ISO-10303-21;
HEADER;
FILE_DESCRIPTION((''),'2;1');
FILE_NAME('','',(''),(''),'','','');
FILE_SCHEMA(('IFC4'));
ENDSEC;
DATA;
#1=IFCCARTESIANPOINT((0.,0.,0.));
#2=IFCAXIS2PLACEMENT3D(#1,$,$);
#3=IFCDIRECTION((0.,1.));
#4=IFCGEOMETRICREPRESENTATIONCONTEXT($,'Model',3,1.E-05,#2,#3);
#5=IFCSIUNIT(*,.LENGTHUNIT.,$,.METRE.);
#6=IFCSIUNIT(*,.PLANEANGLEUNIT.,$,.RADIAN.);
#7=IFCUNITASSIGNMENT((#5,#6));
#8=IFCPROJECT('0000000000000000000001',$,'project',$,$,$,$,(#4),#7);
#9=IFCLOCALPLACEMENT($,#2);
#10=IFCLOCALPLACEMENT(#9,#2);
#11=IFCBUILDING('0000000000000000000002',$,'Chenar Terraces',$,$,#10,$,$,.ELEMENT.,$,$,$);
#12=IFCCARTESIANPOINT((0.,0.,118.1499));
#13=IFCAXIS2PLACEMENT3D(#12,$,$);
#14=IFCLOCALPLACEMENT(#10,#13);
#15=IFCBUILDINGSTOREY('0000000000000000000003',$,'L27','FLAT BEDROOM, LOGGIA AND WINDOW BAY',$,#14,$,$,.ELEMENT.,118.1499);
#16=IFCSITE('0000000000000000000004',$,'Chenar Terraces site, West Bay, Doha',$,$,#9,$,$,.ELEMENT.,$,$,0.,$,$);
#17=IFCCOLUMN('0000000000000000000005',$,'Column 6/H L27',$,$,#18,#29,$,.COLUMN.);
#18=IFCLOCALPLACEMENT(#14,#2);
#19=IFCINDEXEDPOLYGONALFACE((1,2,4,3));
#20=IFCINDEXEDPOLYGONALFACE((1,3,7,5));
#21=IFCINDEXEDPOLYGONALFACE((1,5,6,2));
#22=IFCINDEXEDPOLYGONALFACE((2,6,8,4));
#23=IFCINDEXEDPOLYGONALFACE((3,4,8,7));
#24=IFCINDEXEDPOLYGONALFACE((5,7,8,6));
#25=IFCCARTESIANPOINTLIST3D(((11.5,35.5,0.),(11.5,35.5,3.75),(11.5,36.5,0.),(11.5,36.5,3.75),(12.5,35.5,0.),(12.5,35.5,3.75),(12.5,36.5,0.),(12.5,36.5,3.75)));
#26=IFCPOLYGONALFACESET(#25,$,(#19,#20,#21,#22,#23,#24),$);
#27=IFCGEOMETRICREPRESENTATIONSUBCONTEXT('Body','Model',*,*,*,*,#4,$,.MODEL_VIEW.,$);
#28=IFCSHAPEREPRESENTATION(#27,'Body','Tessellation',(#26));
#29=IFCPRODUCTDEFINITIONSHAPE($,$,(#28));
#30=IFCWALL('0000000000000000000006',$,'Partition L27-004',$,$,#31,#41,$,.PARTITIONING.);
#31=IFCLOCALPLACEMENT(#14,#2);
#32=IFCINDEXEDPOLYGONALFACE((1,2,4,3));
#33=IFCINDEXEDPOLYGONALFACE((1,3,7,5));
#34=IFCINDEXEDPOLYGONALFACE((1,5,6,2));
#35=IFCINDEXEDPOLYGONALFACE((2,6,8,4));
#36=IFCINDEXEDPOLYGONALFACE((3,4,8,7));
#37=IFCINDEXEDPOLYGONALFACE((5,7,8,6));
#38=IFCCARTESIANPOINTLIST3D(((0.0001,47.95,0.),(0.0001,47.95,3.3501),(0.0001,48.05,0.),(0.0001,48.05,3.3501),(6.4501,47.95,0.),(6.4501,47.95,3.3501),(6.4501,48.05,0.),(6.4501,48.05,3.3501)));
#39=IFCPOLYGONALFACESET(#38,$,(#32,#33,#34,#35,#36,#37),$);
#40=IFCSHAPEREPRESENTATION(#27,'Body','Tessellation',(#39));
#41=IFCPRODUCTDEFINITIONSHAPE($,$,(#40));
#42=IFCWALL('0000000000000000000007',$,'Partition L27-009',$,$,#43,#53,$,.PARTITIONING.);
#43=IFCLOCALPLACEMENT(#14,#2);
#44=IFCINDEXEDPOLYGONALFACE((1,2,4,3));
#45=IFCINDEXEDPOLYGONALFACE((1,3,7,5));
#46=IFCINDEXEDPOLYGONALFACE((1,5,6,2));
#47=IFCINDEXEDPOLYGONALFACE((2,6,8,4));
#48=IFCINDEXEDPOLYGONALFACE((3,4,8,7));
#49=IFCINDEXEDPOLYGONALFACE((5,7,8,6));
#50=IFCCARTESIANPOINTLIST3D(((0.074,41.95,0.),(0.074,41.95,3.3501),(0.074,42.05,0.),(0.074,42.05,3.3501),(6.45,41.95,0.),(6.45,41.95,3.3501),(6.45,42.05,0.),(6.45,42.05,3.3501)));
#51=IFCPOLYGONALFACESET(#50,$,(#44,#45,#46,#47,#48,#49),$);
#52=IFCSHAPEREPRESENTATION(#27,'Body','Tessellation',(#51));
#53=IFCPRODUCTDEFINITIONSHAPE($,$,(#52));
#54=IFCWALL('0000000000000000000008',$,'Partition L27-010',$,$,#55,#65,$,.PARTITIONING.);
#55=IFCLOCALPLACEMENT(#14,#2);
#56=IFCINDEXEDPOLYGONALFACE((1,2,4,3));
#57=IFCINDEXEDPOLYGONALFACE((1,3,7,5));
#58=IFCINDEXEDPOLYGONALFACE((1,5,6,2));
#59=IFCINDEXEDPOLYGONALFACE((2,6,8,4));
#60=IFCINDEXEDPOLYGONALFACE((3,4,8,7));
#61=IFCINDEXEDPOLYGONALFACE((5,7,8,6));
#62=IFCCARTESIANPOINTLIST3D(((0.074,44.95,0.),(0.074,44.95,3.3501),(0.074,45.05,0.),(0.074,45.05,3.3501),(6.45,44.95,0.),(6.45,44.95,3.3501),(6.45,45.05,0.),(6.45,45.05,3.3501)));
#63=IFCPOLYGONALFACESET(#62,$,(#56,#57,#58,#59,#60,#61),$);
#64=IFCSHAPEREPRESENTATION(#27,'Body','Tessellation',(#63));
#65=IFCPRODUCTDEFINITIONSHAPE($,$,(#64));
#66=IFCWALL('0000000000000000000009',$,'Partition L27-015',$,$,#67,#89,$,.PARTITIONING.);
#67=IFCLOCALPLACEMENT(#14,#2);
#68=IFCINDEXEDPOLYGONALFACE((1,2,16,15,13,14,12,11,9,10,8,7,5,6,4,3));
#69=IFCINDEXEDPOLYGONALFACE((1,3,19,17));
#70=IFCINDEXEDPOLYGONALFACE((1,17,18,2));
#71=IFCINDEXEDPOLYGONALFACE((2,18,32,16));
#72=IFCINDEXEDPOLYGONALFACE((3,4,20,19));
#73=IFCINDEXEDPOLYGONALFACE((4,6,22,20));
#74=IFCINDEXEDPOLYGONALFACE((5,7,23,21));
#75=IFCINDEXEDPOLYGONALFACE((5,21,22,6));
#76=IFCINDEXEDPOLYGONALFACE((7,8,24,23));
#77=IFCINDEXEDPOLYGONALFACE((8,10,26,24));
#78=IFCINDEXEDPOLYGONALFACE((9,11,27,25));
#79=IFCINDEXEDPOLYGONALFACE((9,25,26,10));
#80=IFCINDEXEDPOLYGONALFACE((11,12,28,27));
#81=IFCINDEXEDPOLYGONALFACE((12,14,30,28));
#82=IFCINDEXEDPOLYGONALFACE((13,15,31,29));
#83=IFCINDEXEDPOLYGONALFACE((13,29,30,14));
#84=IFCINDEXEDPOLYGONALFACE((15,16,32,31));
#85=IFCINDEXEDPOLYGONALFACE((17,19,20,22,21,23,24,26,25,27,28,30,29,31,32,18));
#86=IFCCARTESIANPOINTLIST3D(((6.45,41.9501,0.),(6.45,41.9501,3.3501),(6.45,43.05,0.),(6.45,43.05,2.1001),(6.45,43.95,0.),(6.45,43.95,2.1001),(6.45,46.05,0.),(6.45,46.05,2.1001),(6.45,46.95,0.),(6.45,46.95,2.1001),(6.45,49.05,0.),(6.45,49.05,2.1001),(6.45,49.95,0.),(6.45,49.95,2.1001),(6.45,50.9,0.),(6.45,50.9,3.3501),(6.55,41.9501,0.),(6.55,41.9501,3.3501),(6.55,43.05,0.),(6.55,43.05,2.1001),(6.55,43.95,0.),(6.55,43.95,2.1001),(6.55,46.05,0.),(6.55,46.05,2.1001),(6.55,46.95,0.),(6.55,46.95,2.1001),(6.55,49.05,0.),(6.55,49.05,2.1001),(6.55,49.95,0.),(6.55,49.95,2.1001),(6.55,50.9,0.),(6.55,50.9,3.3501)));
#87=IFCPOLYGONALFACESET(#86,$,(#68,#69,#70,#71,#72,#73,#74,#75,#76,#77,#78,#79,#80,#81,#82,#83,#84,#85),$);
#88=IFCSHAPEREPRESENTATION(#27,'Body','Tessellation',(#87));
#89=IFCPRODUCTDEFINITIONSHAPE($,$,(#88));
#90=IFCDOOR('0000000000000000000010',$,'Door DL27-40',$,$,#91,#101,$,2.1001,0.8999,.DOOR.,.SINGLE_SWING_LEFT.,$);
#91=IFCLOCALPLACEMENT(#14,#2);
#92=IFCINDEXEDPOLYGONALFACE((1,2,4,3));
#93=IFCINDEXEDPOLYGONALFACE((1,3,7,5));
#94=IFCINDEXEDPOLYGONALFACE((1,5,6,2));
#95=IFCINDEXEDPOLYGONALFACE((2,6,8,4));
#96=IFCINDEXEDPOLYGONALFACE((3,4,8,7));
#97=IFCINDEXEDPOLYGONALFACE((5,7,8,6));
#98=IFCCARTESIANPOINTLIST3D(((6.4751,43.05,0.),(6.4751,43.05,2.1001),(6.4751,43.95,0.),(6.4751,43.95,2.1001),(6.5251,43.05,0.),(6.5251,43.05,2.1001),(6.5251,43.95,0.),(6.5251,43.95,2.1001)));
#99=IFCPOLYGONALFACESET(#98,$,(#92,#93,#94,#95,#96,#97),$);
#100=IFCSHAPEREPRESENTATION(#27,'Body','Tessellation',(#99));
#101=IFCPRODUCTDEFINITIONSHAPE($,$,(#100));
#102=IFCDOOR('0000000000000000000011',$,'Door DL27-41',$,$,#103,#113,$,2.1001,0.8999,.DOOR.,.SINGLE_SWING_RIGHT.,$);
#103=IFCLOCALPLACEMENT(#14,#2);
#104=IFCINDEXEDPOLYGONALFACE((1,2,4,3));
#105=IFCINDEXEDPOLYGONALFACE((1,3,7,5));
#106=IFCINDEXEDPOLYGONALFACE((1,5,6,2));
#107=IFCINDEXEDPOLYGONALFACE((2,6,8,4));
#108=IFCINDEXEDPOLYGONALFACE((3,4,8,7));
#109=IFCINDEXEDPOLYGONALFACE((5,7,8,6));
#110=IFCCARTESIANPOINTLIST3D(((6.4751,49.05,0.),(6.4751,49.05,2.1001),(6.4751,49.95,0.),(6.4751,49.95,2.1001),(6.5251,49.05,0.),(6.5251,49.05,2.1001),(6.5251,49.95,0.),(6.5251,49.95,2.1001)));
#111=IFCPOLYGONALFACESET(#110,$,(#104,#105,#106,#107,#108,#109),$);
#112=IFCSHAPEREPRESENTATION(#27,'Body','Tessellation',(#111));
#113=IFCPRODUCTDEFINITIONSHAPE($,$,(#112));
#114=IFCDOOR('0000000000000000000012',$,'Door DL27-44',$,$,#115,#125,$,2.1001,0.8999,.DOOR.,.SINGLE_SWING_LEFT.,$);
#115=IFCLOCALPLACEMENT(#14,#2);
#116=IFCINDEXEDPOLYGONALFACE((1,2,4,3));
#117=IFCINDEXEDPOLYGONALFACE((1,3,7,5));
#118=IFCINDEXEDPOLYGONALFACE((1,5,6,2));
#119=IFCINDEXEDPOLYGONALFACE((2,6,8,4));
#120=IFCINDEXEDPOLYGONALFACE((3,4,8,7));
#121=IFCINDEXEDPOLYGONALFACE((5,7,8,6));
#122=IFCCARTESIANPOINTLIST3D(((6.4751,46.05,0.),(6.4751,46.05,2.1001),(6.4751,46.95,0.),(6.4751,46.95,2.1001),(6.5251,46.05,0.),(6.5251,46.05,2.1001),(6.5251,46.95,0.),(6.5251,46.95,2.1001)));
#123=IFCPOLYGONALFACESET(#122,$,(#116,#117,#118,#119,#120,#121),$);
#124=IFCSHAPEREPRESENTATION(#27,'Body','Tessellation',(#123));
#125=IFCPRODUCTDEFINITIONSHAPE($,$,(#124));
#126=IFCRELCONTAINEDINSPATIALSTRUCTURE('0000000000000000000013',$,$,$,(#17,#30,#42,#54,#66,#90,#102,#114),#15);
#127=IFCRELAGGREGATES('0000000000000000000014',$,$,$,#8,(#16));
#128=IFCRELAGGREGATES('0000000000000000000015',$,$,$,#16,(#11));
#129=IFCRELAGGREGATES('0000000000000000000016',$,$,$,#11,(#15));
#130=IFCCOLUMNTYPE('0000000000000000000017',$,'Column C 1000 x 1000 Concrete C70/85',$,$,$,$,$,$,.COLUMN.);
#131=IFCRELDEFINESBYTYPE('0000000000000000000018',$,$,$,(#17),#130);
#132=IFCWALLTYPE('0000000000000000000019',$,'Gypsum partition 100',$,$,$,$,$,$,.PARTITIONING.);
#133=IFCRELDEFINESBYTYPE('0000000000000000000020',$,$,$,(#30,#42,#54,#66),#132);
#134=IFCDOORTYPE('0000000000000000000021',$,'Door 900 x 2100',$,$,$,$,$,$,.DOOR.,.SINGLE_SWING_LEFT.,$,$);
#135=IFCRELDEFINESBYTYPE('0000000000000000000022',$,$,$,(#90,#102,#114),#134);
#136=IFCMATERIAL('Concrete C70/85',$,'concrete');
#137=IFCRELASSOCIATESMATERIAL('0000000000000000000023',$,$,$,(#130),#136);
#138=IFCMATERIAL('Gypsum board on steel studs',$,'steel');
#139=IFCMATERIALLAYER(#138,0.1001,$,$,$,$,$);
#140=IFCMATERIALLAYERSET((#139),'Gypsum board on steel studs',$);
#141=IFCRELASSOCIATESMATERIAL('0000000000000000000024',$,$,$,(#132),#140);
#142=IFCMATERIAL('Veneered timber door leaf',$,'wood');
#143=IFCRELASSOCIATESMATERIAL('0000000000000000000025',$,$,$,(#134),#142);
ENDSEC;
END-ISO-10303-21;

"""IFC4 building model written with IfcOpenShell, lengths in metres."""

from ifc_helpers import new_model, si_unit, direction, frame, frame_2d, origin, origin_2d, place, context, subcontext, project, spatial, rectangle, extrude, material, layer, layer_set, material_profile, profile_set, type_object, element, fill, save


model = new_model("IFC4")

# Units and contexts
model_context = context("Model", 3, precision=1e-05, world=origin(), true_north=direction((0.0, 1.0)))
body_context = subcontext(model_context, "Body", "Model", "MODEL_VIEW")
ifc_project = project(units=[si_unit("LENGTHUNIT", "METRE"), si_unit("PLANEANGLEUNIT", "RADIAN")], contexts=[model_context])

# Site, building, storey
site_placement = place(None, origin())
site = spatial("IfcSite", under=ifc_project, at=site_placement, Name="Chenar Terraces site, West Bay, Doha", CompositionType="ELEMENT", RefElevation=0.0)
building_placement = place(site_placement, origin())
building = spatial("IfcBuilding", under=site, at=building_placement, Name="Chenar Terraces", CompositionType="ELEMENT")
storey_placement = place(building_placement, frame((0.0, 0.0, 118.1499)))
storey = spatial("IfcBuildingStorey", under=building, at=storey_placement, Name="L27", Description="FLAT BEDROOM, LOGGIA AND WINDOW BAY", CompositionType="ELEMENT", Elevation=118.1499)

# Column
ifc_material_1 = material(Name="Concrete C70/85", Category="concrete")
ifc_material_profile = material_profile(ifc_material_1, rectangle(XDim=1.0, YDim=1.0, at=origin_2d()), Name="C 1000 x 1000")
ifc_profile_set = profile_set([ifc_material_profile], Name="Concrete C70/85")
column_type = type_object("IfcColumnType", Name="Column C 1000 x 1000 Concrete C70/85", PredefinedType="COLUMN", material=ifc_profile_set)
column_placement = place(storey_placement, frame((12.0, 36.0, 0.0), z_axis=(0.0, 0.0, 1.0), x_axis=(1.0, 0.0, 0.0)))
element("IfcColumn", 1, at=column_placement, inside=storey, type_object=column_type, Name="Column 6/H L27", PredefinedType="COLUMN", context=body_context, shape_type="SweptSolid", body=[
    extrude(rectangle(XDim=1.0, YDim=1.0, at=origin_2d()), origin(), (0.0, 0.0, 1.0), 3.75),
])

# Walls
ifc_material_2 = material(Name="Gypsum board on steel studs", Category="steel")
ifc_layer_1 = layer(ifc_material_2, 0.1001)
ifc_layer_set_1 = layer_set([ifc_layer_1], Name="Gypsum board on steel studs")
wall_type_1 = type_object("IfcWallType", Name="Gypsum partition 100", PredefinedType="PARTITIONING", material=ifc_layer_set_1)
wall_1_placement = place(storey_placement, frame((0.0, 48.0, 0.0), z_axis=(0.0, 0.0, 1.0), x_axis=(1.0, 0.0, 0.0)))
element("IfcWall", 2, at=wall_1_placement, inside=storey, type_object=wall_type_1, Name="Partition L27-004", PredefinedType="PARTITIONING", context=body_context, shape_type="SweptSolid", body=[
    extrude(rectangle(XDim=6.45, YDim=0.1001, at=frame_2d((3.2251, 0.0))), origin(), (0.0, 0.0, 1.0), 3.3501),
])
for number, where, z_axis, x_axis, name in (
    (3, (0.074, 42.0, 0.0), (0.0, 0.0, 1.0), (1.0, 0.0, 0.0), "Partition L27-009"),
    (4, (0.074, 45.0, 0.0), (0.0, 0.0, 1.0), (1.0, 0.0, 0.0), "Partition L27-010"),
):
    element("IfcWall", number, at=place(storey_placement, frame(where, z_axis=z_axis, x_axis=x_axis)), inside=storey, type_object=wall_type_1, Name=name, PredefinedType="PARTITIONING", context=body_context, shape_type="SweptSolid", body=[
        extrude(rectangle(XDim=6.376, YDim=0.1001, at=frame_2d((3.188, 0.0))), origin(), (0.0, 0.0, 1.0), 3.3501),
    ])

# Wall, openings, doors
wall_2_placement = place(storey_placement, frame((6.5, 41.95, 0.0), z_axis=(0.0, 0.0, 1.0), x_axis=(0.0, 1.0, 0.0)))
wall_2 = element("IfcWall", 5, at=wall_2_placement, inside=storey, type_object=wall_type_1, Name="Partition L27-015", PredefinedType="PARTITIONING", context=body_context, shape_type="SweptSolid", body=[
    extrude(rectangle(XDim=8.95, YDim=0.1001, at=frame_2d((4.4751, 0.0))), origin(), (0.0, 0.0, 1.0), 3.3501),
])
opening_1_placement = place(wall_2_placement, frame((1.1001, 0.0, 0.0)))
opening_1 = element("IfcOpeningElement", 6, at=opening_1_placement, cuts=wall_2, PredefinedType="OPENING", context=body_context, shape_type="SweptSolid", body=[
    extrude(rectangle(XDim=0.8999, YDim=2.1001, at=frame_2d((0.45, 1.05))), frame((0.0, 0.0601, 0.0), z_axis=(0.0, -1.0, 0.0), x_axis=(1.0, 0.0, 0.0)), (0.0, 0.0, 1.0), 0.1201),
])
opening_2_placement = place(wall_2_placement, frame((7.1001, 0.0, 0.0)))
opening_2 = element("IfcOpeningElement", 7, at=opening_2_placement, cuts=wall_2, PredefinedType="OPENING", context=body_context, shape_type="SweptSolid", body=[
    extrude(rectangle(XDim=0.8999, YDim=2.1001, at=frame_2d((0.45, 1.05))), frame((0.0, 0.0601, 0.0), z_axis=(0.0, -1.0, 0.0), x_axis=(1.0, 0.0, 0.0)), (0.0, 0.0, 1.0), 0.1201),
])
opening_3_placement = place(wall_2_placement, frame((4.1001, 0.0, 0.0)))
opening_3 = element("IfcOpeningElement", 8, at=opening_3_placement, cuts=wall_2, PredefinedType="OPENING", context=body_context, shape_type="SweptSolid", body=[
    extrude(rectangle(XDim=0.8999, YDim=2.1001, at=frame_2d((0.45, 1.05))), frame((0.0, 0.0601, 0.0), z_axis=(0.0, -1.0, 0.0), x_axis=(1.0, 0.0, 0.0)), (0.0, 0.0, 1.0), 0.1201),
])
ifc_material_3 = material(Name="Veneered timber door leaf", Category="wood")
door_type_1 = type_object("IfcDoorType", Name="Door 900 x 2100", OperationType="SINGLE_SWING_LEFT", PredefinedType="DOOR", material=ifc_material_3)
door_1_placement = place(opening_1_placement, origin())
door_1 = element("IfcDoor", 9, at=door_1_placement, inside=storey, type_object=door_type_1, Name="Door DL27-40", OperationType="SINGLE_SWING_LEFT", OverallHeight=2.1001, OverallWidth=0.8999, PredefinedType="DOOR", context=body_context, shape_type="SweptSolid", body=[
    extrude(rectangle(XDim=0.8999, YDim=2.1001, at=frame_2d((0.45, 1.05))), frame((0.0, 0.0249, 0.0), z_axis=(0.0, -1.0, 0.0), x_axis=(1.0, 0.0, 0.0)), (0.0, 0.0, 1.0), 0.05),
])
fill(opening_1, door_1)
door_2_placement = place(opening_2_placement, origin())
door_2 = element("IfcDoor", 10, at=door_2_placement, inside=storey, type_object=door_type_1, Name="Door DL27-41", OperationType="SINGLE_SWING_RIGHT", OverallHeight=2.1001, OverallWidth=0.8999, PredefinedType="DOOR", context=body_context, shape_type="SweptSolid", body=[
    extrude(rectangle(XDim=0.8999, YDim=2.1001, at=frame_2d((0.45, 1.05))), frame((0.0, 0.0249, 0.0), z_axis=(0.0, -1.0, 0.0), x_axis=(1.0, 0.0, 0.0)), (0.0, 0.0, 1.0), 0.05),
])
fill(opening_2, door_2)
door_3_placement = place(opening_3_placement, origin())
door_3 = element("IfcDoor", 11, at=door_3_placement, inside=storey, type_object=door_type_1, Name="Door DL27-44", OperationType="SINGLE_SWING_LEFT", OverallHeight=2.1001, OverallWidth=0.8999, PredefinedType="DOOR", context=body_context, shape_type="SweptSolid", body=[
    extrude(rectangle(XDim=0.8999, YDim=2.1001, at=frame_2d((0.45, 1.05))), frame((0.0, 0.0249, 0.0), z_axis=(0.0, -1.0, 0.0), x_axis=(1.0, 0.0, 0.0)), (0.0, 0.0, 1.0), 0.05),
])
fill(opening_3, door_3)

save(model, "model.ifc")
